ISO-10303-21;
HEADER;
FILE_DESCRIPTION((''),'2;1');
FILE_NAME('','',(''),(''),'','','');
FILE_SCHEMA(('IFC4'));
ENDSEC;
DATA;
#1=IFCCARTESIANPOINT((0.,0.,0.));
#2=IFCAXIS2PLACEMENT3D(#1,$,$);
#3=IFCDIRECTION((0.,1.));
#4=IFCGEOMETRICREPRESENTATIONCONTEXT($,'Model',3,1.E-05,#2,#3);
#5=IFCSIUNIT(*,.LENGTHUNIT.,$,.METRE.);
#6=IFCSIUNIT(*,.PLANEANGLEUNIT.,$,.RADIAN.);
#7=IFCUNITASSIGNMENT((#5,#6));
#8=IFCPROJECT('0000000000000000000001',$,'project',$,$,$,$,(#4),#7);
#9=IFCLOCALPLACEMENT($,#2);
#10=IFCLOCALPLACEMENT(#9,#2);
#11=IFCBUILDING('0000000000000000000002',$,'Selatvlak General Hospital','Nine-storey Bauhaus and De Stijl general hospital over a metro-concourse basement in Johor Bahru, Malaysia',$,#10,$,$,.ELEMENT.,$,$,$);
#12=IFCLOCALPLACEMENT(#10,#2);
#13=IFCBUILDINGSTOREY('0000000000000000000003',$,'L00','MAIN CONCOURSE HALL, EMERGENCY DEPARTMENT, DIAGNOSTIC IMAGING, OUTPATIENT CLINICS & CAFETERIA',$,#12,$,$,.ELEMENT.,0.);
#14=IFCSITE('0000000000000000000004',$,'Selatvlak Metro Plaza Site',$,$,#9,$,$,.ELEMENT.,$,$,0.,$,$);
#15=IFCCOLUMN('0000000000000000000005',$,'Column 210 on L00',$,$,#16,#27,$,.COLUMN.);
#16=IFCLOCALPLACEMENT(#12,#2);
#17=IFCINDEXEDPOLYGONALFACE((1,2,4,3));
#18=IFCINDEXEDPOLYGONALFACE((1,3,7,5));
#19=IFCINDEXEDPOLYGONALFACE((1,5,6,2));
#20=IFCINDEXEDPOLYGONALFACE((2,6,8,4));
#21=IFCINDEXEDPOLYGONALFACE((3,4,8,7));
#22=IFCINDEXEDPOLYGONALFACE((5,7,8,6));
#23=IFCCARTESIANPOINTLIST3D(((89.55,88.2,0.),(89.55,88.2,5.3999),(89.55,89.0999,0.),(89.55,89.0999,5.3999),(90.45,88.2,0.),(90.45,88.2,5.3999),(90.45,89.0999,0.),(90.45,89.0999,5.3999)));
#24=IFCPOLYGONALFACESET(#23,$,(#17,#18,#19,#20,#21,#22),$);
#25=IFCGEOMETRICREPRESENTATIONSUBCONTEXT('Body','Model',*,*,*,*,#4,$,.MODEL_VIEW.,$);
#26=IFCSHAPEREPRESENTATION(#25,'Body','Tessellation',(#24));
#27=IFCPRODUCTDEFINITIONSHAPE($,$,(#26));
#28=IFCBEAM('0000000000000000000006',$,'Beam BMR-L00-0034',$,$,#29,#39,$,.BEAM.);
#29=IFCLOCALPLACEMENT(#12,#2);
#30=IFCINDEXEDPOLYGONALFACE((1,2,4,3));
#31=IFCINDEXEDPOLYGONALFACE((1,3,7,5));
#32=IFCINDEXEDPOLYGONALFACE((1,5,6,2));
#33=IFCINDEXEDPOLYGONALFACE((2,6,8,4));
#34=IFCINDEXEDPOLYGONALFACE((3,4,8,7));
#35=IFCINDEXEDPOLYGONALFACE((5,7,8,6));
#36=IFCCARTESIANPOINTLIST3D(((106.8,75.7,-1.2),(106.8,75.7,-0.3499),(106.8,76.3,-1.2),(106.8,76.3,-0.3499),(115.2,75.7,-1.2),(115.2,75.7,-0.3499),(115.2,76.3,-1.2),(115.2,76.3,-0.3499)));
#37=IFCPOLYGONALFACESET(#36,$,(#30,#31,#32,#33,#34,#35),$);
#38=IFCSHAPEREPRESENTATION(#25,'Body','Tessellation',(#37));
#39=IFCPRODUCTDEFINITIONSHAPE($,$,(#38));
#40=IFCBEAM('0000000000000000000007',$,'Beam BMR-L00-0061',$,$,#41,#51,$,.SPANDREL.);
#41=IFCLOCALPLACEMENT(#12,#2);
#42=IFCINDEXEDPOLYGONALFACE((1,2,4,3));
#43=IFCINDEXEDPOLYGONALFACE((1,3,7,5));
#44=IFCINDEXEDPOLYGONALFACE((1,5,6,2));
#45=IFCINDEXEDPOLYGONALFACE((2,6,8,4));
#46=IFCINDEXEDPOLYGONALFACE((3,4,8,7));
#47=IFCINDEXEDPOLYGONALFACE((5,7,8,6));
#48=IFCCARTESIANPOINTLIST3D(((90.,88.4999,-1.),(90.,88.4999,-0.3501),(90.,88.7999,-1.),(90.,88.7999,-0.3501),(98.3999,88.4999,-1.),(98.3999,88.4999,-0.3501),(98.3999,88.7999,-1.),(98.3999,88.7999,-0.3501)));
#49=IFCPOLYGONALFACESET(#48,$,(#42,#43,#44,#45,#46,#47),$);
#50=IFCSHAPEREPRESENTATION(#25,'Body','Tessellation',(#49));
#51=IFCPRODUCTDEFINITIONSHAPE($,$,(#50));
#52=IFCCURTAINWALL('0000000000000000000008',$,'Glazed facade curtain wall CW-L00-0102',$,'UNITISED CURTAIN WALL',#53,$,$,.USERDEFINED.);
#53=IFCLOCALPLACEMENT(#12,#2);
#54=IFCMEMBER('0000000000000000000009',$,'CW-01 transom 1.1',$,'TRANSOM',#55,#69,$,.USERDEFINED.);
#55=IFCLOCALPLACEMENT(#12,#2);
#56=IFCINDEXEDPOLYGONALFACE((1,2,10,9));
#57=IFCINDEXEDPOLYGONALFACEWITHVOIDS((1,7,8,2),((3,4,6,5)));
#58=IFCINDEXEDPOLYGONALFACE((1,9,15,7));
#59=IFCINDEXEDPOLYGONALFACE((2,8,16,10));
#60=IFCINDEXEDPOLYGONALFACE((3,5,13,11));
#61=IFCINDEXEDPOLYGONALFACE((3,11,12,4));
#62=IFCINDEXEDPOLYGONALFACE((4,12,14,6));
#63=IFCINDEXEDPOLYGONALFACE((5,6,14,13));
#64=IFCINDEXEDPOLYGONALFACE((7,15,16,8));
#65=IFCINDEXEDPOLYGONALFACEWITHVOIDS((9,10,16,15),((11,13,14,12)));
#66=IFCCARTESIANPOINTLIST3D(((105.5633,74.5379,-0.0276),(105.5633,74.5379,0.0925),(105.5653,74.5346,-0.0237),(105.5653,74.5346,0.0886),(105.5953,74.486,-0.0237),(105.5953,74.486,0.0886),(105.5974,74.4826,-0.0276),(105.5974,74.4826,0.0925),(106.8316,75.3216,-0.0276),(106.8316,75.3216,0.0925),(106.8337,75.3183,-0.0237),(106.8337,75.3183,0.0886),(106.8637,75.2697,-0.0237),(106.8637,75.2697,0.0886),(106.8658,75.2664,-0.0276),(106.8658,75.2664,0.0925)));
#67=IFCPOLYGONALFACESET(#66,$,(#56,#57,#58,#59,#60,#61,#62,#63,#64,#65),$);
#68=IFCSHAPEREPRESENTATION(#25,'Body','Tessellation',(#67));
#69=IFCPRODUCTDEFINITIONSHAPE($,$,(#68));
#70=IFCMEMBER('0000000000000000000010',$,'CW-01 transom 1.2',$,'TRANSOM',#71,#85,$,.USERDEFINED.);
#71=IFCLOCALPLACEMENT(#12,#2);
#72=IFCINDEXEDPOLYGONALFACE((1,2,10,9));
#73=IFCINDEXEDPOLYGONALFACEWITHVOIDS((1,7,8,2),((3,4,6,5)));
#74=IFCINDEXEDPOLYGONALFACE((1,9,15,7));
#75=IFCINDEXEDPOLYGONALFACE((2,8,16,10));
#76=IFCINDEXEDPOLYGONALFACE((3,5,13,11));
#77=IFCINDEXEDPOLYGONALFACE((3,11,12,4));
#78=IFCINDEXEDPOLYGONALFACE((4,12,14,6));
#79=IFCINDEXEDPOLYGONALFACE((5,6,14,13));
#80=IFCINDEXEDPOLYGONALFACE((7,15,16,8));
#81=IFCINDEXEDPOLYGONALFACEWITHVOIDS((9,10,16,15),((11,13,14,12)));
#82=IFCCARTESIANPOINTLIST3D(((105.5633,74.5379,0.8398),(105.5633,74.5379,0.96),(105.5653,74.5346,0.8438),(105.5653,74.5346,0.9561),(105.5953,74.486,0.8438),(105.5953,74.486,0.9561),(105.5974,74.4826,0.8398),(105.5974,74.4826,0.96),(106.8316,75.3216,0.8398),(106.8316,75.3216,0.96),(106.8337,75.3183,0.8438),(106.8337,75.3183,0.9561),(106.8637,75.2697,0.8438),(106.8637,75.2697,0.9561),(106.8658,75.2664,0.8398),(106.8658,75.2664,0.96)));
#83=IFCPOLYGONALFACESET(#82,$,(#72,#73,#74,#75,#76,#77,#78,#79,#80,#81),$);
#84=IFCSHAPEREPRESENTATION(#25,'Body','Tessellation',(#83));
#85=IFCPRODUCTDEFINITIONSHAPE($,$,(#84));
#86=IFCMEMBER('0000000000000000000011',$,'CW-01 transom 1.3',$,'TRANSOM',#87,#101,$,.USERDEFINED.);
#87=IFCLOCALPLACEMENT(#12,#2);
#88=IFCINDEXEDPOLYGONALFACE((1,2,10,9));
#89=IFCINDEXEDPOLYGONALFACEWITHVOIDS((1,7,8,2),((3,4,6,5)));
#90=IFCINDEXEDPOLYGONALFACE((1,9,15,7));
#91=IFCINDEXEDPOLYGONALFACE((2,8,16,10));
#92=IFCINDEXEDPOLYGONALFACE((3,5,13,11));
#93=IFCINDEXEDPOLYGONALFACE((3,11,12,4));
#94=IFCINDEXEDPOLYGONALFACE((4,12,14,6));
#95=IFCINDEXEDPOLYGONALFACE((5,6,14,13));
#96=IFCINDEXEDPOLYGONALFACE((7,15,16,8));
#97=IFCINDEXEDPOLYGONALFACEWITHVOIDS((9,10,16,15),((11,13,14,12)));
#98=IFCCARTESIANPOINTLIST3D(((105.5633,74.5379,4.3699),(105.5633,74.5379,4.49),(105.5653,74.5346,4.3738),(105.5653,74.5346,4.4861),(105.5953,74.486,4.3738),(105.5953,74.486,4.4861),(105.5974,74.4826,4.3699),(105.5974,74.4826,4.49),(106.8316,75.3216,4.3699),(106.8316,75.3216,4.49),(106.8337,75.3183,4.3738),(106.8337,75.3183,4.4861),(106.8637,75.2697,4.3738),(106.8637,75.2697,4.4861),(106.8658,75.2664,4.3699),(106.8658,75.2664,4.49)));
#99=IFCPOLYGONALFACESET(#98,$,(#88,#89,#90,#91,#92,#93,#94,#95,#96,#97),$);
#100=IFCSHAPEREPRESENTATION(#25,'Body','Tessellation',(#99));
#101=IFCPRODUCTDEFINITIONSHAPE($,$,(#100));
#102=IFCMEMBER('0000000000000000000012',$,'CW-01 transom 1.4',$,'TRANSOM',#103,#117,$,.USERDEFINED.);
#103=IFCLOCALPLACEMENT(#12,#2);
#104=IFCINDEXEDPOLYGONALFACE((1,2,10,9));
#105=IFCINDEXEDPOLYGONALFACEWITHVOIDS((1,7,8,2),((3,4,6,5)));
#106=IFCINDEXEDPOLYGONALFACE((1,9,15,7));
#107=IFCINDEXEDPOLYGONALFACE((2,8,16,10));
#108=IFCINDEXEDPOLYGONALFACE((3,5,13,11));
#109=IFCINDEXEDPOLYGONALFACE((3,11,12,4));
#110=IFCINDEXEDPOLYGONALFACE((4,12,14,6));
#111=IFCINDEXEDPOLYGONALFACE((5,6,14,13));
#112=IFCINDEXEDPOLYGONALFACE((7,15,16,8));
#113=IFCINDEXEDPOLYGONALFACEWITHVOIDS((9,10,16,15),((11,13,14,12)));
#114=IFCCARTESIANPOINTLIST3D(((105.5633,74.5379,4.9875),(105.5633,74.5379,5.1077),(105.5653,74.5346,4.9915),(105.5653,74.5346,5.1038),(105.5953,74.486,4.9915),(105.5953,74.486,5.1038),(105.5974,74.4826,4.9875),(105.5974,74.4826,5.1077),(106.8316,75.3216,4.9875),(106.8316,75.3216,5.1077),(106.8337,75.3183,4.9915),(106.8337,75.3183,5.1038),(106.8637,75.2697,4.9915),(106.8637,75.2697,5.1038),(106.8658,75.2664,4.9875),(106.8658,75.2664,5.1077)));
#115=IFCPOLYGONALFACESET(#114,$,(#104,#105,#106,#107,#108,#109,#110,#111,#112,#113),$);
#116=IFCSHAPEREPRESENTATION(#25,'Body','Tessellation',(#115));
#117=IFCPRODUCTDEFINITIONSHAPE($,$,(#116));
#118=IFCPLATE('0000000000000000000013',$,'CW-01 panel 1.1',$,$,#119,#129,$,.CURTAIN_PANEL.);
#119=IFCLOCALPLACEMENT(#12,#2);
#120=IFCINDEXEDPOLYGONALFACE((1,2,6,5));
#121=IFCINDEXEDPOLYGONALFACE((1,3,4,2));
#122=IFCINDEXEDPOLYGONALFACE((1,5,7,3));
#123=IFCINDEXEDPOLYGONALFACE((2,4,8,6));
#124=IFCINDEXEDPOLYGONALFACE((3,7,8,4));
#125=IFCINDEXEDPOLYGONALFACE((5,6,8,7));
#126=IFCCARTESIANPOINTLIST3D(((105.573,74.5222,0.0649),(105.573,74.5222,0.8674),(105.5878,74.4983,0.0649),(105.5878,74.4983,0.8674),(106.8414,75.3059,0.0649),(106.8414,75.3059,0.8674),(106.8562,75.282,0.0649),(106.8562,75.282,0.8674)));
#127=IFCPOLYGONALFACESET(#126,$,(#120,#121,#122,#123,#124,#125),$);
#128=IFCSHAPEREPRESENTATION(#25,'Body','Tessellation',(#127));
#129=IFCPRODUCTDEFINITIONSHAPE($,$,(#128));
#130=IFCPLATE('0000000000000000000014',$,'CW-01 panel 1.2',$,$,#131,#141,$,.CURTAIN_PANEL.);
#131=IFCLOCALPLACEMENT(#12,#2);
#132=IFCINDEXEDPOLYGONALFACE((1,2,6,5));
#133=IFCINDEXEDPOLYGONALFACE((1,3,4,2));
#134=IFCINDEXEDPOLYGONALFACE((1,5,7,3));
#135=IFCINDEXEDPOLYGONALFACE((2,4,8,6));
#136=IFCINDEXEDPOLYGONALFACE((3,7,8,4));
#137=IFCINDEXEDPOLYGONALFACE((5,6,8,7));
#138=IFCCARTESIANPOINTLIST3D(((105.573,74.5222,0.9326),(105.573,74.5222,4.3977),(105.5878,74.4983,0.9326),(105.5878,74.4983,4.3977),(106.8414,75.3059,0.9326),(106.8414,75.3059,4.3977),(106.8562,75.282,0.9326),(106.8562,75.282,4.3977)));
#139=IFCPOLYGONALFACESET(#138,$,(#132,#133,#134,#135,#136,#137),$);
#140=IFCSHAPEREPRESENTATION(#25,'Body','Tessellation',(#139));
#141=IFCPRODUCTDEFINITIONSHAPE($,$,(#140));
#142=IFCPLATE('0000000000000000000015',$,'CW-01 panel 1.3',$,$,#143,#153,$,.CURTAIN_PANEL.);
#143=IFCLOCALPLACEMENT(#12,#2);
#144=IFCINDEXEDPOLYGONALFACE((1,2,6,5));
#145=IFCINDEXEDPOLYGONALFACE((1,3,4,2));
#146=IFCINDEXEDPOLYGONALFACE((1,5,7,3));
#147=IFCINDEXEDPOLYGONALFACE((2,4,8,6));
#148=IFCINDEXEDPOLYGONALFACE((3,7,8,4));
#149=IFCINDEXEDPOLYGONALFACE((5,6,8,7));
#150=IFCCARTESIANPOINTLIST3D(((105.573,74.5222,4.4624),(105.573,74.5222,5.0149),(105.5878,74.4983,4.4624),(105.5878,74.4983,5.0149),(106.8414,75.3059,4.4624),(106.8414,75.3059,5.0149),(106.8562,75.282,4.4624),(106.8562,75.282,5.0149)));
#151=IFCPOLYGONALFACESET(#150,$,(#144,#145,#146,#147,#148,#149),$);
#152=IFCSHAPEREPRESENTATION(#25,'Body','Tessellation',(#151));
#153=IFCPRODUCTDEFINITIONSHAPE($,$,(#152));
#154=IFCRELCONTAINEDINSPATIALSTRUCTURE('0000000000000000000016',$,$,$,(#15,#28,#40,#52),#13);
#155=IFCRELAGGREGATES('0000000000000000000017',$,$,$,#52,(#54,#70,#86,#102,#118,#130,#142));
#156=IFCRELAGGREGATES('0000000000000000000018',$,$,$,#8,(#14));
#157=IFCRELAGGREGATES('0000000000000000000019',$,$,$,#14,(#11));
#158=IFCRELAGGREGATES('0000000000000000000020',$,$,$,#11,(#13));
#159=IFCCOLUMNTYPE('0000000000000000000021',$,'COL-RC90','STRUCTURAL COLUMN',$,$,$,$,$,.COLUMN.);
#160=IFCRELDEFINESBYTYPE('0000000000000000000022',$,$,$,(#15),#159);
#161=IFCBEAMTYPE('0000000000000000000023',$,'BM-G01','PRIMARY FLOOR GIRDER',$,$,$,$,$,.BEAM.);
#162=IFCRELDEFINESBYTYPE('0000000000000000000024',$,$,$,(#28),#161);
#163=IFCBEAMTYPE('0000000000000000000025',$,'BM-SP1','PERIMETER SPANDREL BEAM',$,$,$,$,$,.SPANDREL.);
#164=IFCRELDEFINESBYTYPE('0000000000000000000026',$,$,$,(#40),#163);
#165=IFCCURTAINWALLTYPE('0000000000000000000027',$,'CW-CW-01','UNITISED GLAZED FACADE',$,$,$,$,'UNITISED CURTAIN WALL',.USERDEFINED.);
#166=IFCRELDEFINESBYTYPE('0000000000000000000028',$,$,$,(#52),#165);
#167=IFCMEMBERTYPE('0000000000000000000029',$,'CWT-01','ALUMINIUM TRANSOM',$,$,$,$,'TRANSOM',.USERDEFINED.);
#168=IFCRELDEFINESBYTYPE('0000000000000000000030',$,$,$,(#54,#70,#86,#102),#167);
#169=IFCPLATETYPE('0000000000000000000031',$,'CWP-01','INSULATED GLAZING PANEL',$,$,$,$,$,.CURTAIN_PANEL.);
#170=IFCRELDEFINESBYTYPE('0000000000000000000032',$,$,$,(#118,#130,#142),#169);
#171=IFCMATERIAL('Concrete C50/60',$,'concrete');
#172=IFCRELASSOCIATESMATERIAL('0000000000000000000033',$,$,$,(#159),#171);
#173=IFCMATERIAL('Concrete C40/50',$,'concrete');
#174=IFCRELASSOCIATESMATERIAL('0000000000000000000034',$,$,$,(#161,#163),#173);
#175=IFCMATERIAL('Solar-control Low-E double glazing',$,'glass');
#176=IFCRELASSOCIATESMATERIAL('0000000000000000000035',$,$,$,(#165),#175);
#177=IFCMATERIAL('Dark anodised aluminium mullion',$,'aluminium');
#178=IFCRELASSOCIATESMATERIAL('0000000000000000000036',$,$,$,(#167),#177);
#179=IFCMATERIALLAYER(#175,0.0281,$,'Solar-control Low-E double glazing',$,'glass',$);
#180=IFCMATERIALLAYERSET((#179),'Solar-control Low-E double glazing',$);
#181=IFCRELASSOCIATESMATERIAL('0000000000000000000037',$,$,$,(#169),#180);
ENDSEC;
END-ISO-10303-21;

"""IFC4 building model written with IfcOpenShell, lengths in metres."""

from ifc_helpers import new_model, si_unit, direction, frame, origin, origin_2d, place, context, subcontext, project, spatial, rectangle, hollow_rectangle, extrude, material, layer, layer_set, material_profile, profile_set, type_object, element, aggregate, save


model = new_model("IFC4")

# Units and contexts
model_context = context("Model", 3, precision=1e-05, world=origin(), true_north=direction((0.0, 1.0)))
body_context = subcontext(model_context, "Body", "Model", "MODEL_VIEW")
ifc_project = project(units=[si_unit("LENGTHUNIT", "METRE"), si_unit("PLANEANGLEUNIT", "RADIAN")], contexts=[model_context])

# Site, building, storey
site_placement = place(None, origin())
site = spatial("IfcSite", under=ifc_project, at=site_placement, Name="Selatvlak Metro Plaza Site", CompositionType="ELEMENT", RefElevation=0.0)
building_placement = place(site_placement, origin())
building = spatial("IfcBuilding", under=site, at=building_placement, Name="Selatvlak General Hospital", Description="Nine-storey Bauhaus and De Stijl general hospital over a metro-concourse basement in Johor Bahru, Malaysia", CompositionType="ELEMENT")
storey_placement = place(building_placement, origin())
storey = spatial("IfcBuildingStorey", under=building, at=storey_placement, Name="L00", Description="MAIN CONCOURSE HALL, EMERGENCY DEPARTMENT, DIAGNOSTIC IMAGING, OUTPATIENT CLINICS & CAFETERIA", CompositionType="ELEMENT", Elevation=0.0)

# Column
ifc_material_1 = material(Name="Concrete C50/60", Category="concrete")
ifc_material_profile_1 = material_profile(ifc_material_1, rectangle(XDim=0.8999, YDim=0.8999, at=origin_2d()), Name="RC-COL 900x900")
ifc_profile_set_1 = profile_set([ifc_material_profile_1], Name="Concrete C50/60")
column_type = type_object("IfcColumnType", Name="COL-RC90", Description="STRUCTURAL COLUMN", PredefinedType="COLUMN", material=ifc_profile_set_1)
column_placement = place(storey_placement, frame((90.0, 88.6499, 0.0), z_axis=(0.0, 0.0, 1.0), x_axis=(1.0, 0.0, 0.0)))
element("IfcColumn", 1, at=column_placement, inside=storey, type_object=column_type, Name="Column 210 on L00", PredefinedType="COLUMN", context=body_context, shape_type="SweptSolid", body=[
    extrude(rectangle(XDim=0.8999, YDim=0.8999, at=origin_2d()), origin(), (0.0, 0.0, 1.0), 5.3999),
])

# Beams
ifc_material_2 = material(Name="Concrete C40/50", Category="concrete")
ifc_material_profile_2 = material_profile(ifc_material_2, rectangle(XDim=0.6001, YDim=0.8501, at=origin_2d()), Name="RC-BM 600x850")
ifc_profile_set_2 = profile_set([ifc_material_profile_2], Name="Concrete C40/50")
beam_type_1 = type_object("IfcBeamType", Name="BM-G01", Description="PRIMARY FLOOR GIRDER", PredefinedType="BEAM", material=ifc_profile_set_2)
beam_1_placement = place(storey_placement, frame((106.8, 76.0, -0.7749), z_axis=(1.0, 0.0, 0.0), x_axis=(0.0, 1.0, 0.0)))
element("IfcBeam", 2, at=beam_1_placement, inside=storey, type_object=beam_type_1, Name="Beam BMR-L00-0034", PredefinedType="BEAM", context=body_context, shape_type="SweptSolid", body=[
    extrude(rectangle(XDim=0.6001, YDim=0.8501, at=origin_2d()), origin(), (0.0, 0.0, 1.0), 8.3999),
])
ifc_material_profile_3 = material_profile(ifc_material_2, rectangle(XDim=0.3, YDim=0.6499, at=origin_2d()), Name="RC-SP 300x650")
ifc_profile_set_3 = profile_set([ifc_material_profile_3], Name="Concrete C40/50")
beam_type_2 = type_object("IfcBeamType", Name="BM-SP1", Description="PERIMETER SPANDREL BEAM", PredefinedType="SPANDREL", material=ifc_profile_set_3)
beam_2_placement = place(storey_placement, frame((90.0, 88.6499, -0.675), z_axis=(1.0, 0.0, 0.0), x_axis=(0.0, 1.0, 0.0)))
element("IfcBeam", 3, at=beam_2_placement, inside=storey, type_object=beam_type_2, Name="Beam BMR-L00-0061", PredefinedType="SPANDREL", context=body_context, shape_type="SweptSolid", body=[
    extrude(rectangle(XDim=0.3, YDim=0.6499, at=origin_2d()), origin(), (0.0, 0.0, 1.0), 8.3999),
])

# Curtain wall, members, plates
ifc_material_3 = material(Name="Solar-control Low-E double glazing", Category="glass")
curtain_wall_type = type_object("IfcCurtainWallType", Name="CW-CW-01", Description="UNITISED GLAZED FACADE", ElementType="UNITISED CURTAIN WALL", PredefinedType="USERDEFINED", material=ifc_material_3)
curtain_wall_placement = place(storey_placement, origin())
curtain_wall = element("IfcCurtainWall", 4, at=curtain_wall_placement, inside=storey, type_object=curtain_wall_type, Name="Glazed facade curtain wall CW-L00-0102", ObjectType="UNITISED CURTAIN WALL", PredefinedType="USERDEFINED")
ifc_material_4 = material(Name="Dark anodised aluminium mullion", Category="aluminium")
ifc_material_profile_4 = material_profile(ifc_material_4, hollow_rectangle(XDim=0.0649, YDim=0.1201, WallThickness=0.0039, at=origin_2d()), Name="AL-TRN 65x120x4")
ifc_profile_set_4 = profile_set([ifc_material_profile_4], Name="Dark anodised aluminium mullion")
member_type = type_object("IfcMemberType", Name="CWT-01", Description="ALUMINIUM TRANSOM", ElementType="TRANSOM", PredefinedType="USERDEFINED", material=ifc_profile_set_4)
member_1_placement = place(storey_placement, frame((105.5803, 74.5103, 0.0325), z_axis=(0.850701, 0.52565, 0.0), x_axis=(-0.52565, 0.850701, 0.0)))
member_1 = element("IfcMember", 5, at=member_1_placement, type_object=member_type, Name="CW-01 transom 1.1", ObjectType="TRANSOM", PredefinedType="USERDEFINED", context=body_context, shape_type="SweptSolid", body=[
    extrude(hollow_rectangle(XDim=0.0649, YDim=0.1201, WallThickness=0.0039, at=origin_2d()), origin(), (0.0, 0.0, 1.0), 1.491),
])
member_2_placement = place(storey_placement, frame((105.5803, 74.5103, 0.8999), z_axis=(0.850701, 0.52565, 0.0), x_axis=(-0.52565, 0.850701, 0.0)))
member_2 = element("IfcMember", 6, at=member_2_placement, type_object=member_type, Name="CW-01 transom 1.2", ObjectType="TRANSOM", PredefinedType="USERDEFINED", context=body_context, shape_type="SweptSolid", body=[
    extrude(hollow_rectangle(XDim=0.0649, YDim=0.1201, WallThickness=0.0039, at=origin_2d()), origin(), (0.0, 0.0, 1.0), 1.491),
])
member_3_placement = place(storey_placement, frame((105.5803, 74.5103, 4.4299), z_axis=(0.850701, 0.52565, 0.0), x_axis=(-0.52565, 0.850701, 0.0)))
member_3 = element("IfcMember", 7, at=member_3_placement, type_object=member_type, Name="CW-01 transom 1.3", ObjectType="TRANSOM", PredefinedType="USERDEFINED", context=body_context, shape_type="SweptSolid", body=[
    extrude(hollow_rectangle(XDim=0.0649, YDim=0.1201, WallThickness=0.0039, at=origin_2d()), origin(), (0.0, 0.0, 1.0), 1.491),
])
member_4_placement = place(storey_placement, frame((105.5803, 74.5103, 5.0476), z_axis=(0.850701, 0.52565, 0.0), x_axis=(-0.52565, 0.850701, 0.0)))
member_4 = element("IfcMember", 8, at=member_4_placement, type_object=member_type, Name="CW-01 transom 1.4", ObjectType="TRANSOM", PredefinedType="USERDEFINED", context=body_context, shape_type="SweptSolid", body=[
    extrude(hollow_rectangle(XDim=0.0649, YDim=0.1201, WallThickness=0.0039, at=origin_2d()), origin(), (0.0, 0.0, 1.0), 1.491),
])
ifc_layer_1 = layer(ifc_material_3, 0.0281, Name="Solar-control Low-E double glazing", Category="glass")
ifc_layer_set_1 = layer_set([ifc_layer_1], Name="Solar-control Low-E double glazing")
plate_type = type_object("IfcPlateType", Name="CWP-01", Description="INSULATED GLAZING PANEL", PredefinedType="CURTAIN_PANEL", material=ifc_layer_set_1)
plate_1_placement = place(storey_placement, frame((106.2146, 74.9021, 0.0649), z_axis=(0.0, 0.0, 1.0), x_axis=(0.850725, 0.525611, 0.0)))
plate_1 = element("IfcPlate", 9, at=plate_1_placement, type_object=plate_type, Name="CW-01 panel 1.1", PredefinedType="CURTAIN_PANEL", context=body_context, shape_type="SweptSolid", body=[
    extrude(rectangle(XDim=1.491, YDim=0.0281, at=origin_2d()), origin(), (0.0, 0.0, 1.0), 0.8025),
])
plate_2_placement = place(storey_placement, frame((106.2146, 74.9021, 0.9326), z_axis=(0.0, 0.0, 1.0), x_axis=(0.850725, 0.525611, 0.0)))
plate_2 = element("IfcPlate", 10, at=plate_2_placement, type_object=plate_type, Name="CW-01 panel 1.2", PredefinedType="CURTAIN_PANEL", context=body_context, shape_type="SweptSolid", body=[
    extrude(rectangle(XDim=1.491, YDim=0.0281, at=origin_2d()), origin(), (0.0, 0.0, 1.0), 3.4651),
])
plate_3_placement = place(storey_placement, frame((106.2146, 74.9021, 4.4624), z_axis=(0.0, 0.0, 1.0), x_axis=(0.850725, 0.525611, 0.0)))
plate_3 = element("IfcPlate", 11, at=plate_3_placement, type_object=plate_type, Name="CW-01 panel 1.3", PredefinedType="CURTAIN_PANEL", context=body_context, shape_type="SweptSolid", body=[
    extrude(rectangle(XDim=1.491, YDim=0.0281, at=origin_2d()), origin(), (0.0, 0.0, 1.0), 0.5525),
])
aggregate(curtain_wall, [member_1, member_2, member_3, member_4, plate_1, plate_2, plate_3])

save(model, "model.ifc")
